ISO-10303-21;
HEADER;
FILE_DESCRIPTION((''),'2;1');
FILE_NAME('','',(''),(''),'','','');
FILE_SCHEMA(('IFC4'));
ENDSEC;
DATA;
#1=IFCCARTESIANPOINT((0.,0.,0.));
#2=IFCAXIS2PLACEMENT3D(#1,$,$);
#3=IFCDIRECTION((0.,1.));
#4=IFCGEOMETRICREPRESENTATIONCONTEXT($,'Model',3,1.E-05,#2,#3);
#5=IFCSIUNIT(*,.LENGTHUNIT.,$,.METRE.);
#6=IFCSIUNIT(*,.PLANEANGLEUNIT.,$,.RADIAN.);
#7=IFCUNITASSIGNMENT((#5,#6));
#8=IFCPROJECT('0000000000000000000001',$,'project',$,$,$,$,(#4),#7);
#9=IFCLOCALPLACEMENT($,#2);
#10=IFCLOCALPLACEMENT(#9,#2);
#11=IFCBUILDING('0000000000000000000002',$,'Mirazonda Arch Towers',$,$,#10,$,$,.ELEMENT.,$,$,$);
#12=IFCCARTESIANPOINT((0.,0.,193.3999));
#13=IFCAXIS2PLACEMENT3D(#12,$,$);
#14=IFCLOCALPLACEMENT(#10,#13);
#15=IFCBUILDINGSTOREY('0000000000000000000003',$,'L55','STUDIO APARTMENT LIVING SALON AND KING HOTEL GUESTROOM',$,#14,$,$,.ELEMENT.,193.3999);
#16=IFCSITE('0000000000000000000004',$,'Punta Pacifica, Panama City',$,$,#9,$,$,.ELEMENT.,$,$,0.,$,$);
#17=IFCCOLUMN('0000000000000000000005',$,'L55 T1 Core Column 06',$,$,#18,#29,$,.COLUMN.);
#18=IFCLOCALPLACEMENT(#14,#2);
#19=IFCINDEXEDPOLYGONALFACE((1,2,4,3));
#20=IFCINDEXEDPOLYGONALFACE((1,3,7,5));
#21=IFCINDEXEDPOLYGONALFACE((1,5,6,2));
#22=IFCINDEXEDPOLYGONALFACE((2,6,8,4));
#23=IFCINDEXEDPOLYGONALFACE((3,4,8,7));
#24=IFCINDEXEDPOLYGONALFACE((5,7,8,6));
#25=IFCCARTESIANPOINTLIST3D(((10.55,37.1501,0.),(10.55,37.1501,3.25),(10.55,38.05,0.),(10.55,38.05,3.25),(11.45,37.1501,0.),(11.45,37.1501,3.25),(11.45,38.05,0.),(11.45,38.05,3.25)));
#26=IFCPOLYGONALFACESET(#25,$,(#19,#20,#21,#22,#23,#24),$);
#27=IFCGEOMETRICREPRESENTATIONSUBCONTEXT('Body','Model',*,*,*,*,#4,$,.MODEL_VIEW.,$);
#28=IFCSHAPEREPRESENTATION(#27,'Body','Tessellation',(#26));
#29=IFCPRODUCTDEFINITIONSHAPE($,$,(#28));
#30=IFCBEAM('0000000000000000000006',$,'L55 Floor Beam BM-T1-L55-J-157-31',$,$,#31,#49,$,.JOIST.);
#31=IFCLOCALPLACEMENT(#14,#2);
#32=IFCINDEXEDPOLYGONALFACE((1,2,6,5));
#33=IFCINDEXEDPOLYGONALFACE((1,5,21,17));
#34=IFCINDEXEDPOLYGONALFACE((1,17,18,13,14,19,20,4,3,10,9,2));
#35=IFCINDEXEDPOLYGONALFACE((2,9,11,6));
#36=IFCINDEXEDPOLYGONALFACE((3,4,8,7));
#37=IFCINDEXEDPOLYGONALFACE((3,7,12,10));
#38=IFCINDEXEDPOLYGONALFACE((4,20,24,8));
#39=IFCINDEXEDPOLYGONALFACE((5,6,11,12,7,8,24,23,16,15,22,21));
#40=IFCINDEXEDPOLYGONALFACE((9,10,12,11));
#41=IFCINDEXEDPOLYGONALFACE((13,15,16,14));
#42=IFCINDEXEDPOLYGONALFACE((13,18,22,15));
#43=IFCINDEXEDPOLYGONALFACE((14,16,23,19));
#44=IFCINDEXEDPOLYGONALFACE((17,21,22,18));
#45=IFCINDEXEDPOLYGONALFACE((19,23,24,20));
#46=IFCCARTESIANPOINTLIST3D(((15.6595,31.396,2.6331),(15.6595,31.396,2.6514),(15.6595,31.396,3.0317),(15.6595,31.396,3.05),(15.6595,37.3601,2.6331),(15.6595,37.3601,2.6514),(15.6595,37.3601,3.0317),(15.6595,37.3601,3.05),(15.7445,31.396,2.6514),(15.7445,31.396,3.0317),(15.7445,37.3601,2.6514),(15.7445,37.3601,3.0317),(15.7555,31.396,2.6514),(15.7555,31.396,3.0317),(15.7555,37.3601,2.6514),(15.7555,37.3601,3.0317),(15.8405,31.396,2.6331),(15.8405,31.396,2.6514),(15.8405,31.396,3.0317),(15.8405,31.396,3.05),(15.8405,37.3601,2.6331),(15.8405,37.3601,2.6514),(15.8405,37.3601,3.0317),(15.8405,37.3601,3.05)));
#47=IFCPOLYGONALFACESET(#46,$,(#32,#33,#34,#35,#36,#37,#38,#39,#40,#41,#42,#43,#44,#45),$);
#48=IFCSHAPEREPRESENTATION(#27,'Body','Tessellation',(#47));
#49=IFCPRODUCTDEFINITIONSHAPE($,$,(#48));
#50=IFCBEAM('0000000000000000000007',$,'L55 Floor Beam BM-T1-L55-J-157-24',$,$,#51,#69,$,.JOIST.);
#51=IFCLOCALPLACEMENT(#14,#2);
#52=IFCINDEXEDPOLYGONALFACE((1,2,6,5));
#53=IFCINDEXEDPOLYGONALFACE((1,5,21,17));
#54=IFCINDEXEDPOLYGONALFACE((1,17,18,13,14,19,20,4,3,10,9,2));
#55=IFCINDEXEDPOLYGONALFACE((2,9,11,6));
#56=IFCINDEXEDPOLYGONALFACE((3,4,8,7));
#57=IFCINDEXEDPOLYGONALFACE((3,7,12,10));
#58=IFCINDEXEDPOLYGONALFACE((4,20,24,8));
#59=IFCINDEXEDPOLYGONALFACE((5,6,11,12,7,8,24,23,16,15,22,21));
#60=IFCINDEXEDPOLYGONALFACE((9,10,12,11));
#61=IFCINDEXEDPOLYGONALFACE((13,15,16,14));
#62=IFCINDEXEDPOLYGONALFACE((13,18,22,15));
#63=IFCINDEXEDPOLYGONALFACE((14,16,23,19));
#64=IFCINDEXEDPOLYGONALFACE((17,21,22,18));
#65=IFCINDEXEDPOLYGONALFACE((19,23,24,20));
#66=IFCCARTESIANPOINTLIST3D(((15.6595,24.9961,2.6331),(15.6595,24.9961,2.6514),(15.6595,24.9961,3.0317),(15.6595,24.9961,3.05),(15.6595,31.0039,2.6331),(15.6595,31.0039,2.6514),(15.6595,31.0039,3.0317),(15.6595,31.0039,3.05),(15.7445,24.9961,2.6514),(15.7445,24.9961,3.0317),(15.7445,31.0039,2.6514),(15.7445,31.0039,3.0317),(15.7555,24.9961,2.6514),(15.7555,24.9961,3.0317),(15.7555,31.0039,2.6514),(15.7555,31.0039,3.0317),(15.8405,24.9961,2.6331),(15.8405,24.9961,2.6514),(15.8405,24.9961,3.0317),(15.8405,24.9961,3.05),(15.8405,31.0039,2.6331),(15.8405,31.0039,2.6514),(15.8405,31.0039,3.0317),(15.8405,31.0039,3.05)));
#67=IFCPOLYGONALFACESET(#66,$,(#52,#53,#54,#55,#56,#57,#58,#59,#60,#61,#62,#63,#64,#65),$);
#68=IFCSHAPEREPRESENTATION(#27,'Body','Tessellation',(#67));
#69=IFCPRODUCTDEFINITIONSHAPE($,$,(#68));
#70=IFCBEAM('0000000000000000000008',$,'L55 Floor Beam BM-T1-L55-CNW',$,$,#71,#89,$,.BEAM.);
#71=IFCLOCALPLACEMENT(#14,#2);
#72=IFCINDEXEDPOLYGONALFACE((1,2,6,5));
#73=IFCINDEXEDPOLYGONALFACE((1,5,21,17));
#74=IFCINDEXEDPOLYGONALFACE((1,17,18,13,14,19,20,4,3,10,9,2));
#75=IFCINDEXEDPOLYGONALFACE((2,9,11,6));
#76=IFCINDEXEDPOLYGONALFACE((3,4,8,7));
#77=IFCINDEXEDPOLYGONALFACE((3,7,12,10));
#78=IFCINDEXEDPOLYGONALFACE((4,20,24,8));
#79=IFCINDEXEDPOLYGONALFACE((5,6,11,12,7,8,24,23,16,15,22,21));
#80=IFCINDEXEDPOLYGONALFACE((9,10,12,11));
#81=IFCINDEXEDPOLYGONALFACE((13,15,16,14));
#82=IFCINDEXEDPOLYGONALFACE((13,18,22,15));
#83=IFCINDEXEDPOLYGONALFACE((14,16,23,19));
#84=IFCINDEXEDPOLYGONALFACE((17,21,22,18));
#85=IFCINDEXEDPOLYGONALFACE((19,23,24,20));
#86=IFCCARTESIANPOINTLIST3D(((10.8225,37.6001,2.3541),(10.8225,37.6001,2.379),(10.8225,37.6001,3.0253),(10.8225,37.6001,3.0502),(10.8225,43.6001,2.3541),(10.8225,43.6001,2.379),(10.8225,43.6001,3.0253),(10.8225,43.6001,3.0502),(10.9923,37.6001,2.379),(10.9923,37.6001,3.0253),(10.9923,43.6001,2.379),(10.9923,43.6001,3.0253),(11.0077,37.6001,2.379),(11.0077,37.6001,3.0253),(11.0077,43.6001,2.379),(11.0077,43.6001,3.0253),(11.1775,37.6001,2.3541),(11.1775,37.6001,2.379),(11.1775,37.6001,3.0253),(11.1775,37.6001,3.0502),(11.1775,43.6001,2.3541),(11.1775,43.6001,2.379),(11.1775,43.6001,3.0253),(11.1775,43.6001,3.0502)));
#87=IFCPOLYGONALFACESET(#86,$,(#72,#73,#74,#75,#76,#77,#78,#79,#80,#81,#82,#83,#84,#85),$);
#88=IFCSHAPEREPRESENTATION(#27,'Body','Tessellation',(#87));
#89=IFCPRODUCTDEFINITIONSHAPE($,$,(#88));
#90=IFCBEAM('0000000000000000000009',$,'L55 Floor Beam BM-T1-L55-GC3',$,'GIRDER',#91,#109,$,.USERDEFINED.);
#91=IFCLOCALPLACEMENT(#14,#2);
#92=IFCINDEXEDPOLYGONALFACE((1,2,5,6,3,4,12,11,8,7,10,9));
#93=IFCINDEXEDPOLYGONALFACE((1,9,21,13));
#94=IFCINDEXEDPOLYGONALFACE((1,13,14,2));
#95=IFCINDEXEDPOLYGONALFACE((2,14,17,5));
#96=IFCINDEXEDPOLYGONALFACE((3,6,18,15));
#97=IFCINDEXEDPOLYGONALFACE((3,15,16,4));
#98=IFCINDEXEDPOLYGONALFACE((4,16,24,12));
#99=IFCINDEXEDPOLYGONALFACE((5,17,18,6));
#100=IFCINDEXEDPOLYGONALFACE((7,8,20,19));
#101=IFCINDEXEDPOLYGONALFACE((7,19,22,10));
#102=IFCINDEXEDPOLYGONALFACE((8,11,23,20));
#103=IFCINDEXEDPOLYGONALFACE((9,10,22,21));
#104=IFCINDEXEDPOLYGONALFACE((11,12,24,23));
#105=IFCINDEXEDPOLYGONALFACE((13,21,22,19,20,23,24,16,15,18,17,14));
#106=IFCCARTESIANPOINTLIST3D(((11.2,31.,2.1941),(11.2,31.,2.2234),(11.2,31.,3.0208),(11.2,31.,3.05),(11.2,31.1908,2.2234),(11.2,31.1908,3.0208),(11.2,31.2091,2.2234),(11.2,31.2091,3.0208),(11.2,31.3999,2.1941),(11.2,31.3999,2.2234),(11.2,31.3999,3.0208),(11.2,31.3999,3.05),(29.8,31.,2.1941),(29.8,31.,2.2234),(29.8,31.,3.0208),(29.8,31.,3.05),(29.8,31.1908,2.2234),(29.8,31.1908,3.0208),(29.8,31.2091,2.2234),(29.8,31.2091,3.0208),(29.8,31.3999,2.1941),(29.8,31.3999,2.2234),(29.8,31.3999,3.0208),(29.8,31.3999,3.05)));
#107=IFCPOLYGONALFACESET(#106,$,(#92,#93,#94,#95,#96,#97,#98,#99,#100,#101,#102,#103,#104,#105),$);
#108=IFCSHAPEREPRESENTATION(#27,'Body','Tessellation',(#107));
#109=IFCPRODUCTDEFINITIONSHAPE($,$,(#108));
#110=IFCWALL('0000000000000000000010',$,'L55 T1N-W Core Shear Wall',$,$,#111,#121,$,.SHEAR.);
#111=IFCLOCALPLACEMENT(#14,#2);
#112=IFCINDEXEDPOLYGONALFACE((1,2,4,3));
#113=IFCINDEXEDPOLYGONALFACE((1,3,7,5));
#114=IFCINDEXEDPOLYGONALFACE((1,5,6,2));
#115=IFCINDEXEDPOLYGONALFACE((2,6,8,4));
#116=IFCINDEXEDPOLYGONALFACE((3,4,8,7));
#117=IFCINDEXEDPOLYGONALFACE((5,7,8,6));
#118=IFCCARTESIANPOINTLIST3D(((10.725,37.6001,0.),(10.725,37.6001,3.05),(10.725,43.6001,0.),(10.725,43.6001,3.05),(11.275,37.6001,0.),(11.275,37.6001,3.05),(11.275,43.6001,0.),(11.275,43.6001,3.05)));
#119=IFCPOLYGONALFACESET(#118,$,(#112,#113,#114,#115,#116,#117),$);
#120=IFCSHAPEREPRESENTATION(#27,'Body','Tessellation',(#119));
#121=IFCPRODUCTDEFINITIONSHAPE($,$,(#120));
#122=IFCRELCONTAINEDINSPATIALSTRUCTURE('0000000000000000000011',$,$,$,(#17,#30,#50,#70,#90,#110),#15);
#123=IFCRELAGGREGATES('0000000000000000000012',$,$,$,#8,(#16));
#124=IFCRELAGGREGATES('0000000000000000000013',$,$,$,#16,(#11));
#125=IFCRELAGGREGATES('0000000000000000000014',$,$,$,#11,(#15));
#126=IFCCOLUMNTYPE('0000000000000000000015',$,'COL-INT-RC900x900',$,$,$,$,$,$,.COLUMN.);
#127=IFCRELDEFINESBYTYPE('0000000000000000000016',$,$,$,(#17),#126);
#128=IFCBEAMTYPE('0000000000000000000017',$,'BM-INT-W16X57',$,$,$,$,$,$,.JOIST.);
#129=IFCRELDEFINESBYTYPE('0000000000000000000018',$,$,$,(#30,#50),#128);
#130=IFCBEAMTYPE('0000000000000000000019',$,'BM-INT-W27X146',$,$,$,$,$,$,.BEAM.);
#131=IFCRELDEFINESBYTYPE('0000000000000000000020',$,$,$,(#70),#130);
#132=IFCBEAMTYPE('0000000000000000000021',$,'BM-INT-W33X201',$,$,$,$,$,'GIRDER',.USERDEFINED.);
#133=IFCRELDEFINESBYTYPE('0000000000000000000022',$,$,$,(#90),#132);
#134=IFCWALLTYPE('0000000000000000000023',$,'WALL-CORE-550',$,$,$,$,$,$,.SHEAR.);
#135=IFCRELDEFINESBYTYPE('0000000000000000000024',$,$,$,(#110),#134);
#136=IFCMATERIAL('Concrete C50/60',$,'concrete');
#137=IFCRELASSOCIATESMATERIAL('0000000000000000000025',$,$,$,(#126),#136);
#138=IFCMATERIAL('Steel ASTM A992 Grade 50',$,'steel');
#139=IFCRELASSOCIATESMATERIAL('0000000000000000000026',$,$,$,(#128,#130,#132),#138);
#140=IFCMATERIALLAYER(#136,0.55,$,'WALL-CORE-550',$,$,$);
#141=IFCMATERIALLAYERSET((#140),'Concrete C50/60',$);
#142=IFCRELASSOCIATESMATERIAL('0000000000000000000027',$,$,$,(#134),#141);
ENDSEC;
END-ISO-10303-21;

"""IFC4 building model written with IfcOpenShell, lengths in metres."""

from ifc_helpers import new_model, si_unit, direction, frame, frame_2d, origin, origin_2d, place, context, subcontext, project, spatial, rectangle, i_section, extrude, material, layer, layer_set, material_profile, profile_set, type_object, element, save


model = new_model("IFC4")

# Units and contexts
model_context = context("Model", 3, precision=1e-05, world=origin(), true_north=direction((0.0, 1.0)))
body_context = subcontext(model_context, "Body", "Model", "MODEL_VIEW")
ifc_project = project(units=[si_unit("LENGTHUNIT", "METRE"), si_unit("PLANEANGLEUNIT", "RADIAN")], contexts=[model_context])

# Site, building, storey
site_placement = place(None, origin())
site = spatial("IfcSite", under=ifc_project, at=site_placement, Name="Punta Pacifica, Panama City", CompositionType="ELEMENT", RefElevation=0.0)
building_placement = place(site_placement, origin())
building = spatial("IfcBuilding", under=site, at=building_placement, Name="Mirazonda Arch Towers", CompositionType="ELEMENT")
storey_placement = place(building_placement, frame((0.0, 0.0, 193.3999)))
storey = spatial("IfcBuildingStorey", under=building, at=storey_placement, Name="L55", Description="STUDIO APARTMENT LIVING SALON AND KING HOTEL GUESTROOM", CompositionType="ELEMENT", Elevation=193.3999)

# Column
ifc_material_1 = material(Name="Concrete C50/60", Category="concrete")
ifc_material_profile_1 = material_profile(ifc_material_1, rectangle(XDim=0.8999, YDim=0.8999, at=origin_2d()), Name="RC900x900")
ifc_profile_set_1 = profile_set([ifc_material_profile_1], Name="Concrete C50/60")
column_type = type_object("IfcColumnType", Name="COL-INT-RC900x900", PredefinedType="COLUMN", material=ifc_profile_set_1)
column_placement = place(storey_placement, frame((11.0, 37.6001, 0.0), z_axis=(0.0, 0.0, 1.0), x_axis=(1.0, 0.0, 0.0)))
element("IfcColumn", 1, at=column_placement, inside=storey, type_object=column_type, Name="L55 T1 Core Column 06", PredefinedType="COLUMN", context=body_context, shape_type="SweptSolid", body=[
    extrude(rectangle(XDim=0.8999, YDim=0.8999, at=origin_2d()), origin(), (0.0, 0.0, 1.0), 3.25),
])

# Beams
ifc_material_2 = material(Name="Steel ASTM A992 Grade 50", Category="steel")
ifc_material_profile_2 = material_profile(ifc_material_2, i_section(OverallWidth=0.1809, OverallDepth=0.417, WebThickness=0.011, FlangeThickness=0.0183, at=origin_2d()), Name="W16X57")
ifc_profile_set_2 = profile_set([ifc_material_profile_2], Name="Steel ASTM A992 Grade 50")
beam_type_1 = type_object("IfcBeamType", Name="BM-INT-W16X57", PredefinedType="JOIST", material=ifc_profile_set_2)
beam_1_placement = place(storey_placement, frame((15.75, 31.396, 2.8416), z_axis=(0.0, 1.0, 0.0), x_axis=(-1.0, 0.0, 0.0)))
element("IfcBeam", 2, at=beam_1_placement, inside=storey, type_object=beam_type_1, Name="L55 Floor Beam BM-T1-L55-J-157-31", PredefinedType="JOIST", context=body_context, shape_type="SweptSolid", body=[
    extrude(i_section(OverallWidth=0.1809, OverallDepth=0.417, WebThickness=0.011, FlangeThickness=0.0183, at=origin_2d()), origin(), (0.0, 0.0, 1.0), 5.9641),
])
beam_2_placement = place(storey_placement, frame((15.75, 24.9961, 2.8416), z_axis=(0.0, 1.0, 0.0), x_axis=(-1.0, 0.0, 0.0)))
element("IfcBeam", 3, at=beam_2_placement, inside=storey, type_object=beam_type_1, Name="L55 Floor Beam BM-T1-L55-J-157-24", PredefinedType="JOIST", context=body_context, shape_type="SweptSolid", body=[
    extrude(i_section(OverallWidth=0.1809, OverallDepth=0.417, WebThickness=0.011, FlangeThickness=0.0183, at=origin_2d()), origin(), (0.0, 0.0, 1.0), 6.0078),
])
ifc_material_profile_3 = material_profile(ifc_material_2, i_section(OverallWidth=0.355, OverallDepth=0.696, WebThickness=0.0154, FlangeThickness=0.0249, at=origin_2d()), Name="W27X146")
ifc_profile_set_3 = profile_set([ifc_material_profile_3], Name="Steel ASTM A992 Grade 50")
beam_type_2 = type_object("IfcBeamType", Name="BM-INT-W27X146", PredefinedType="BEAM", material=ifc_profile_set_3)
beam_3_placement = place(storey_placement, frame((11.0, 37.6001, 2.7021), z_axis=(0.0, 1.0, 0.0), x_axis=(-1.0, 0.0, 0.0)))
element("IfcBeam", 4, at=beam_3_placement, inside=storey, type_object=beam_type_2, Name="L55 Floor Beam BM-T1-L55-CNW", PredefinedType="BEAM", context=body_context, shape_type="SweptSolid", body=[
    extrude(i_section(OverallWidth=0.355, OverallDepth=0.696, WebThickness=0.0154, FlangeThickness=0.0249, at=origin_2d()), origin(), (0.0, 0.0, 1.0), 6.0),
])
ifc_material_profile_4 = material_profile(ifc_material_2, i_section(OverallWidth=0.3999, OverallDepth=0.856, WebThickness=0.0183, FlangeThickness=0.0293, at=origin_2d()), Name="W33X201")
ifc_profile_set_4 = profile_set([ifc_material_profile_4], Name="Steel ASTM A992 Grade 50")
beam_type_3 = type_object("IfcBeamType", Name="BM-INT-W33X201", ElementType="GIRDER", PredefinedType="USERDEFINED", material=ifc_profile_set_4)
beam_4_placement = place(storey_placement, frame((11.2, 31.2, 2.6221), z_axis=(1.0, 0.0, 0.0), x_axis=(0.0, 1.0, 0.0)))
element("IfcBeam", 5, at=beam_4_placement, inside=storey, type_object=beam_type_3, Name="L55 Floor Beam BM-T1-L55-GC3", ObjectType="GIRDER", PredefinedType="USERDEFINED", context=body_context, shape_type="SweptSolid", body=[
    extrude(i_section(OverallWidth=0.3999, OverallDepth=0.856, WebThickness=0.0183, FlangeThickness=0.0293, at=origin_2d()), origin(), (0.0, 0.0, 1.0), 18.6001),
])

# Wall
ifc_layer_1 = layer(ifc_material_1, 0.55, Name="WALL-CORE-550")
ifc_layer_set_1 = layer_set([ifc_layer_1], Name="Concrete C50/60")
wall_type_1 = type_object("IfcWallType", Name="WALL-CORE-550", PredefinedType="SHEAR", material=ifc_layer_set_1)
wall_1_placement = place(storey_placement, frame((11.0, 37.6001, 0.0), z_axis=(0.0, 0.0, 1.0), x_axis=(0.0, 1.0, 0.0)))
element("IfcWall", 6, at=wall_1_placement, inside=storey, type_object=wall_type_1, Name="L55 T1N-W Core Shear Wall", PredefinedType="SHEAR", context=body_context, shape_type="SweptSolid", body=[
    extrude(rectangle(XDim=6.0, YDim=0.55, at=frame_2d((3.0, 0.0))), origin(), (0.0, 0.0, 1.0), 3.05),
])

save(model, "model.ifc")
